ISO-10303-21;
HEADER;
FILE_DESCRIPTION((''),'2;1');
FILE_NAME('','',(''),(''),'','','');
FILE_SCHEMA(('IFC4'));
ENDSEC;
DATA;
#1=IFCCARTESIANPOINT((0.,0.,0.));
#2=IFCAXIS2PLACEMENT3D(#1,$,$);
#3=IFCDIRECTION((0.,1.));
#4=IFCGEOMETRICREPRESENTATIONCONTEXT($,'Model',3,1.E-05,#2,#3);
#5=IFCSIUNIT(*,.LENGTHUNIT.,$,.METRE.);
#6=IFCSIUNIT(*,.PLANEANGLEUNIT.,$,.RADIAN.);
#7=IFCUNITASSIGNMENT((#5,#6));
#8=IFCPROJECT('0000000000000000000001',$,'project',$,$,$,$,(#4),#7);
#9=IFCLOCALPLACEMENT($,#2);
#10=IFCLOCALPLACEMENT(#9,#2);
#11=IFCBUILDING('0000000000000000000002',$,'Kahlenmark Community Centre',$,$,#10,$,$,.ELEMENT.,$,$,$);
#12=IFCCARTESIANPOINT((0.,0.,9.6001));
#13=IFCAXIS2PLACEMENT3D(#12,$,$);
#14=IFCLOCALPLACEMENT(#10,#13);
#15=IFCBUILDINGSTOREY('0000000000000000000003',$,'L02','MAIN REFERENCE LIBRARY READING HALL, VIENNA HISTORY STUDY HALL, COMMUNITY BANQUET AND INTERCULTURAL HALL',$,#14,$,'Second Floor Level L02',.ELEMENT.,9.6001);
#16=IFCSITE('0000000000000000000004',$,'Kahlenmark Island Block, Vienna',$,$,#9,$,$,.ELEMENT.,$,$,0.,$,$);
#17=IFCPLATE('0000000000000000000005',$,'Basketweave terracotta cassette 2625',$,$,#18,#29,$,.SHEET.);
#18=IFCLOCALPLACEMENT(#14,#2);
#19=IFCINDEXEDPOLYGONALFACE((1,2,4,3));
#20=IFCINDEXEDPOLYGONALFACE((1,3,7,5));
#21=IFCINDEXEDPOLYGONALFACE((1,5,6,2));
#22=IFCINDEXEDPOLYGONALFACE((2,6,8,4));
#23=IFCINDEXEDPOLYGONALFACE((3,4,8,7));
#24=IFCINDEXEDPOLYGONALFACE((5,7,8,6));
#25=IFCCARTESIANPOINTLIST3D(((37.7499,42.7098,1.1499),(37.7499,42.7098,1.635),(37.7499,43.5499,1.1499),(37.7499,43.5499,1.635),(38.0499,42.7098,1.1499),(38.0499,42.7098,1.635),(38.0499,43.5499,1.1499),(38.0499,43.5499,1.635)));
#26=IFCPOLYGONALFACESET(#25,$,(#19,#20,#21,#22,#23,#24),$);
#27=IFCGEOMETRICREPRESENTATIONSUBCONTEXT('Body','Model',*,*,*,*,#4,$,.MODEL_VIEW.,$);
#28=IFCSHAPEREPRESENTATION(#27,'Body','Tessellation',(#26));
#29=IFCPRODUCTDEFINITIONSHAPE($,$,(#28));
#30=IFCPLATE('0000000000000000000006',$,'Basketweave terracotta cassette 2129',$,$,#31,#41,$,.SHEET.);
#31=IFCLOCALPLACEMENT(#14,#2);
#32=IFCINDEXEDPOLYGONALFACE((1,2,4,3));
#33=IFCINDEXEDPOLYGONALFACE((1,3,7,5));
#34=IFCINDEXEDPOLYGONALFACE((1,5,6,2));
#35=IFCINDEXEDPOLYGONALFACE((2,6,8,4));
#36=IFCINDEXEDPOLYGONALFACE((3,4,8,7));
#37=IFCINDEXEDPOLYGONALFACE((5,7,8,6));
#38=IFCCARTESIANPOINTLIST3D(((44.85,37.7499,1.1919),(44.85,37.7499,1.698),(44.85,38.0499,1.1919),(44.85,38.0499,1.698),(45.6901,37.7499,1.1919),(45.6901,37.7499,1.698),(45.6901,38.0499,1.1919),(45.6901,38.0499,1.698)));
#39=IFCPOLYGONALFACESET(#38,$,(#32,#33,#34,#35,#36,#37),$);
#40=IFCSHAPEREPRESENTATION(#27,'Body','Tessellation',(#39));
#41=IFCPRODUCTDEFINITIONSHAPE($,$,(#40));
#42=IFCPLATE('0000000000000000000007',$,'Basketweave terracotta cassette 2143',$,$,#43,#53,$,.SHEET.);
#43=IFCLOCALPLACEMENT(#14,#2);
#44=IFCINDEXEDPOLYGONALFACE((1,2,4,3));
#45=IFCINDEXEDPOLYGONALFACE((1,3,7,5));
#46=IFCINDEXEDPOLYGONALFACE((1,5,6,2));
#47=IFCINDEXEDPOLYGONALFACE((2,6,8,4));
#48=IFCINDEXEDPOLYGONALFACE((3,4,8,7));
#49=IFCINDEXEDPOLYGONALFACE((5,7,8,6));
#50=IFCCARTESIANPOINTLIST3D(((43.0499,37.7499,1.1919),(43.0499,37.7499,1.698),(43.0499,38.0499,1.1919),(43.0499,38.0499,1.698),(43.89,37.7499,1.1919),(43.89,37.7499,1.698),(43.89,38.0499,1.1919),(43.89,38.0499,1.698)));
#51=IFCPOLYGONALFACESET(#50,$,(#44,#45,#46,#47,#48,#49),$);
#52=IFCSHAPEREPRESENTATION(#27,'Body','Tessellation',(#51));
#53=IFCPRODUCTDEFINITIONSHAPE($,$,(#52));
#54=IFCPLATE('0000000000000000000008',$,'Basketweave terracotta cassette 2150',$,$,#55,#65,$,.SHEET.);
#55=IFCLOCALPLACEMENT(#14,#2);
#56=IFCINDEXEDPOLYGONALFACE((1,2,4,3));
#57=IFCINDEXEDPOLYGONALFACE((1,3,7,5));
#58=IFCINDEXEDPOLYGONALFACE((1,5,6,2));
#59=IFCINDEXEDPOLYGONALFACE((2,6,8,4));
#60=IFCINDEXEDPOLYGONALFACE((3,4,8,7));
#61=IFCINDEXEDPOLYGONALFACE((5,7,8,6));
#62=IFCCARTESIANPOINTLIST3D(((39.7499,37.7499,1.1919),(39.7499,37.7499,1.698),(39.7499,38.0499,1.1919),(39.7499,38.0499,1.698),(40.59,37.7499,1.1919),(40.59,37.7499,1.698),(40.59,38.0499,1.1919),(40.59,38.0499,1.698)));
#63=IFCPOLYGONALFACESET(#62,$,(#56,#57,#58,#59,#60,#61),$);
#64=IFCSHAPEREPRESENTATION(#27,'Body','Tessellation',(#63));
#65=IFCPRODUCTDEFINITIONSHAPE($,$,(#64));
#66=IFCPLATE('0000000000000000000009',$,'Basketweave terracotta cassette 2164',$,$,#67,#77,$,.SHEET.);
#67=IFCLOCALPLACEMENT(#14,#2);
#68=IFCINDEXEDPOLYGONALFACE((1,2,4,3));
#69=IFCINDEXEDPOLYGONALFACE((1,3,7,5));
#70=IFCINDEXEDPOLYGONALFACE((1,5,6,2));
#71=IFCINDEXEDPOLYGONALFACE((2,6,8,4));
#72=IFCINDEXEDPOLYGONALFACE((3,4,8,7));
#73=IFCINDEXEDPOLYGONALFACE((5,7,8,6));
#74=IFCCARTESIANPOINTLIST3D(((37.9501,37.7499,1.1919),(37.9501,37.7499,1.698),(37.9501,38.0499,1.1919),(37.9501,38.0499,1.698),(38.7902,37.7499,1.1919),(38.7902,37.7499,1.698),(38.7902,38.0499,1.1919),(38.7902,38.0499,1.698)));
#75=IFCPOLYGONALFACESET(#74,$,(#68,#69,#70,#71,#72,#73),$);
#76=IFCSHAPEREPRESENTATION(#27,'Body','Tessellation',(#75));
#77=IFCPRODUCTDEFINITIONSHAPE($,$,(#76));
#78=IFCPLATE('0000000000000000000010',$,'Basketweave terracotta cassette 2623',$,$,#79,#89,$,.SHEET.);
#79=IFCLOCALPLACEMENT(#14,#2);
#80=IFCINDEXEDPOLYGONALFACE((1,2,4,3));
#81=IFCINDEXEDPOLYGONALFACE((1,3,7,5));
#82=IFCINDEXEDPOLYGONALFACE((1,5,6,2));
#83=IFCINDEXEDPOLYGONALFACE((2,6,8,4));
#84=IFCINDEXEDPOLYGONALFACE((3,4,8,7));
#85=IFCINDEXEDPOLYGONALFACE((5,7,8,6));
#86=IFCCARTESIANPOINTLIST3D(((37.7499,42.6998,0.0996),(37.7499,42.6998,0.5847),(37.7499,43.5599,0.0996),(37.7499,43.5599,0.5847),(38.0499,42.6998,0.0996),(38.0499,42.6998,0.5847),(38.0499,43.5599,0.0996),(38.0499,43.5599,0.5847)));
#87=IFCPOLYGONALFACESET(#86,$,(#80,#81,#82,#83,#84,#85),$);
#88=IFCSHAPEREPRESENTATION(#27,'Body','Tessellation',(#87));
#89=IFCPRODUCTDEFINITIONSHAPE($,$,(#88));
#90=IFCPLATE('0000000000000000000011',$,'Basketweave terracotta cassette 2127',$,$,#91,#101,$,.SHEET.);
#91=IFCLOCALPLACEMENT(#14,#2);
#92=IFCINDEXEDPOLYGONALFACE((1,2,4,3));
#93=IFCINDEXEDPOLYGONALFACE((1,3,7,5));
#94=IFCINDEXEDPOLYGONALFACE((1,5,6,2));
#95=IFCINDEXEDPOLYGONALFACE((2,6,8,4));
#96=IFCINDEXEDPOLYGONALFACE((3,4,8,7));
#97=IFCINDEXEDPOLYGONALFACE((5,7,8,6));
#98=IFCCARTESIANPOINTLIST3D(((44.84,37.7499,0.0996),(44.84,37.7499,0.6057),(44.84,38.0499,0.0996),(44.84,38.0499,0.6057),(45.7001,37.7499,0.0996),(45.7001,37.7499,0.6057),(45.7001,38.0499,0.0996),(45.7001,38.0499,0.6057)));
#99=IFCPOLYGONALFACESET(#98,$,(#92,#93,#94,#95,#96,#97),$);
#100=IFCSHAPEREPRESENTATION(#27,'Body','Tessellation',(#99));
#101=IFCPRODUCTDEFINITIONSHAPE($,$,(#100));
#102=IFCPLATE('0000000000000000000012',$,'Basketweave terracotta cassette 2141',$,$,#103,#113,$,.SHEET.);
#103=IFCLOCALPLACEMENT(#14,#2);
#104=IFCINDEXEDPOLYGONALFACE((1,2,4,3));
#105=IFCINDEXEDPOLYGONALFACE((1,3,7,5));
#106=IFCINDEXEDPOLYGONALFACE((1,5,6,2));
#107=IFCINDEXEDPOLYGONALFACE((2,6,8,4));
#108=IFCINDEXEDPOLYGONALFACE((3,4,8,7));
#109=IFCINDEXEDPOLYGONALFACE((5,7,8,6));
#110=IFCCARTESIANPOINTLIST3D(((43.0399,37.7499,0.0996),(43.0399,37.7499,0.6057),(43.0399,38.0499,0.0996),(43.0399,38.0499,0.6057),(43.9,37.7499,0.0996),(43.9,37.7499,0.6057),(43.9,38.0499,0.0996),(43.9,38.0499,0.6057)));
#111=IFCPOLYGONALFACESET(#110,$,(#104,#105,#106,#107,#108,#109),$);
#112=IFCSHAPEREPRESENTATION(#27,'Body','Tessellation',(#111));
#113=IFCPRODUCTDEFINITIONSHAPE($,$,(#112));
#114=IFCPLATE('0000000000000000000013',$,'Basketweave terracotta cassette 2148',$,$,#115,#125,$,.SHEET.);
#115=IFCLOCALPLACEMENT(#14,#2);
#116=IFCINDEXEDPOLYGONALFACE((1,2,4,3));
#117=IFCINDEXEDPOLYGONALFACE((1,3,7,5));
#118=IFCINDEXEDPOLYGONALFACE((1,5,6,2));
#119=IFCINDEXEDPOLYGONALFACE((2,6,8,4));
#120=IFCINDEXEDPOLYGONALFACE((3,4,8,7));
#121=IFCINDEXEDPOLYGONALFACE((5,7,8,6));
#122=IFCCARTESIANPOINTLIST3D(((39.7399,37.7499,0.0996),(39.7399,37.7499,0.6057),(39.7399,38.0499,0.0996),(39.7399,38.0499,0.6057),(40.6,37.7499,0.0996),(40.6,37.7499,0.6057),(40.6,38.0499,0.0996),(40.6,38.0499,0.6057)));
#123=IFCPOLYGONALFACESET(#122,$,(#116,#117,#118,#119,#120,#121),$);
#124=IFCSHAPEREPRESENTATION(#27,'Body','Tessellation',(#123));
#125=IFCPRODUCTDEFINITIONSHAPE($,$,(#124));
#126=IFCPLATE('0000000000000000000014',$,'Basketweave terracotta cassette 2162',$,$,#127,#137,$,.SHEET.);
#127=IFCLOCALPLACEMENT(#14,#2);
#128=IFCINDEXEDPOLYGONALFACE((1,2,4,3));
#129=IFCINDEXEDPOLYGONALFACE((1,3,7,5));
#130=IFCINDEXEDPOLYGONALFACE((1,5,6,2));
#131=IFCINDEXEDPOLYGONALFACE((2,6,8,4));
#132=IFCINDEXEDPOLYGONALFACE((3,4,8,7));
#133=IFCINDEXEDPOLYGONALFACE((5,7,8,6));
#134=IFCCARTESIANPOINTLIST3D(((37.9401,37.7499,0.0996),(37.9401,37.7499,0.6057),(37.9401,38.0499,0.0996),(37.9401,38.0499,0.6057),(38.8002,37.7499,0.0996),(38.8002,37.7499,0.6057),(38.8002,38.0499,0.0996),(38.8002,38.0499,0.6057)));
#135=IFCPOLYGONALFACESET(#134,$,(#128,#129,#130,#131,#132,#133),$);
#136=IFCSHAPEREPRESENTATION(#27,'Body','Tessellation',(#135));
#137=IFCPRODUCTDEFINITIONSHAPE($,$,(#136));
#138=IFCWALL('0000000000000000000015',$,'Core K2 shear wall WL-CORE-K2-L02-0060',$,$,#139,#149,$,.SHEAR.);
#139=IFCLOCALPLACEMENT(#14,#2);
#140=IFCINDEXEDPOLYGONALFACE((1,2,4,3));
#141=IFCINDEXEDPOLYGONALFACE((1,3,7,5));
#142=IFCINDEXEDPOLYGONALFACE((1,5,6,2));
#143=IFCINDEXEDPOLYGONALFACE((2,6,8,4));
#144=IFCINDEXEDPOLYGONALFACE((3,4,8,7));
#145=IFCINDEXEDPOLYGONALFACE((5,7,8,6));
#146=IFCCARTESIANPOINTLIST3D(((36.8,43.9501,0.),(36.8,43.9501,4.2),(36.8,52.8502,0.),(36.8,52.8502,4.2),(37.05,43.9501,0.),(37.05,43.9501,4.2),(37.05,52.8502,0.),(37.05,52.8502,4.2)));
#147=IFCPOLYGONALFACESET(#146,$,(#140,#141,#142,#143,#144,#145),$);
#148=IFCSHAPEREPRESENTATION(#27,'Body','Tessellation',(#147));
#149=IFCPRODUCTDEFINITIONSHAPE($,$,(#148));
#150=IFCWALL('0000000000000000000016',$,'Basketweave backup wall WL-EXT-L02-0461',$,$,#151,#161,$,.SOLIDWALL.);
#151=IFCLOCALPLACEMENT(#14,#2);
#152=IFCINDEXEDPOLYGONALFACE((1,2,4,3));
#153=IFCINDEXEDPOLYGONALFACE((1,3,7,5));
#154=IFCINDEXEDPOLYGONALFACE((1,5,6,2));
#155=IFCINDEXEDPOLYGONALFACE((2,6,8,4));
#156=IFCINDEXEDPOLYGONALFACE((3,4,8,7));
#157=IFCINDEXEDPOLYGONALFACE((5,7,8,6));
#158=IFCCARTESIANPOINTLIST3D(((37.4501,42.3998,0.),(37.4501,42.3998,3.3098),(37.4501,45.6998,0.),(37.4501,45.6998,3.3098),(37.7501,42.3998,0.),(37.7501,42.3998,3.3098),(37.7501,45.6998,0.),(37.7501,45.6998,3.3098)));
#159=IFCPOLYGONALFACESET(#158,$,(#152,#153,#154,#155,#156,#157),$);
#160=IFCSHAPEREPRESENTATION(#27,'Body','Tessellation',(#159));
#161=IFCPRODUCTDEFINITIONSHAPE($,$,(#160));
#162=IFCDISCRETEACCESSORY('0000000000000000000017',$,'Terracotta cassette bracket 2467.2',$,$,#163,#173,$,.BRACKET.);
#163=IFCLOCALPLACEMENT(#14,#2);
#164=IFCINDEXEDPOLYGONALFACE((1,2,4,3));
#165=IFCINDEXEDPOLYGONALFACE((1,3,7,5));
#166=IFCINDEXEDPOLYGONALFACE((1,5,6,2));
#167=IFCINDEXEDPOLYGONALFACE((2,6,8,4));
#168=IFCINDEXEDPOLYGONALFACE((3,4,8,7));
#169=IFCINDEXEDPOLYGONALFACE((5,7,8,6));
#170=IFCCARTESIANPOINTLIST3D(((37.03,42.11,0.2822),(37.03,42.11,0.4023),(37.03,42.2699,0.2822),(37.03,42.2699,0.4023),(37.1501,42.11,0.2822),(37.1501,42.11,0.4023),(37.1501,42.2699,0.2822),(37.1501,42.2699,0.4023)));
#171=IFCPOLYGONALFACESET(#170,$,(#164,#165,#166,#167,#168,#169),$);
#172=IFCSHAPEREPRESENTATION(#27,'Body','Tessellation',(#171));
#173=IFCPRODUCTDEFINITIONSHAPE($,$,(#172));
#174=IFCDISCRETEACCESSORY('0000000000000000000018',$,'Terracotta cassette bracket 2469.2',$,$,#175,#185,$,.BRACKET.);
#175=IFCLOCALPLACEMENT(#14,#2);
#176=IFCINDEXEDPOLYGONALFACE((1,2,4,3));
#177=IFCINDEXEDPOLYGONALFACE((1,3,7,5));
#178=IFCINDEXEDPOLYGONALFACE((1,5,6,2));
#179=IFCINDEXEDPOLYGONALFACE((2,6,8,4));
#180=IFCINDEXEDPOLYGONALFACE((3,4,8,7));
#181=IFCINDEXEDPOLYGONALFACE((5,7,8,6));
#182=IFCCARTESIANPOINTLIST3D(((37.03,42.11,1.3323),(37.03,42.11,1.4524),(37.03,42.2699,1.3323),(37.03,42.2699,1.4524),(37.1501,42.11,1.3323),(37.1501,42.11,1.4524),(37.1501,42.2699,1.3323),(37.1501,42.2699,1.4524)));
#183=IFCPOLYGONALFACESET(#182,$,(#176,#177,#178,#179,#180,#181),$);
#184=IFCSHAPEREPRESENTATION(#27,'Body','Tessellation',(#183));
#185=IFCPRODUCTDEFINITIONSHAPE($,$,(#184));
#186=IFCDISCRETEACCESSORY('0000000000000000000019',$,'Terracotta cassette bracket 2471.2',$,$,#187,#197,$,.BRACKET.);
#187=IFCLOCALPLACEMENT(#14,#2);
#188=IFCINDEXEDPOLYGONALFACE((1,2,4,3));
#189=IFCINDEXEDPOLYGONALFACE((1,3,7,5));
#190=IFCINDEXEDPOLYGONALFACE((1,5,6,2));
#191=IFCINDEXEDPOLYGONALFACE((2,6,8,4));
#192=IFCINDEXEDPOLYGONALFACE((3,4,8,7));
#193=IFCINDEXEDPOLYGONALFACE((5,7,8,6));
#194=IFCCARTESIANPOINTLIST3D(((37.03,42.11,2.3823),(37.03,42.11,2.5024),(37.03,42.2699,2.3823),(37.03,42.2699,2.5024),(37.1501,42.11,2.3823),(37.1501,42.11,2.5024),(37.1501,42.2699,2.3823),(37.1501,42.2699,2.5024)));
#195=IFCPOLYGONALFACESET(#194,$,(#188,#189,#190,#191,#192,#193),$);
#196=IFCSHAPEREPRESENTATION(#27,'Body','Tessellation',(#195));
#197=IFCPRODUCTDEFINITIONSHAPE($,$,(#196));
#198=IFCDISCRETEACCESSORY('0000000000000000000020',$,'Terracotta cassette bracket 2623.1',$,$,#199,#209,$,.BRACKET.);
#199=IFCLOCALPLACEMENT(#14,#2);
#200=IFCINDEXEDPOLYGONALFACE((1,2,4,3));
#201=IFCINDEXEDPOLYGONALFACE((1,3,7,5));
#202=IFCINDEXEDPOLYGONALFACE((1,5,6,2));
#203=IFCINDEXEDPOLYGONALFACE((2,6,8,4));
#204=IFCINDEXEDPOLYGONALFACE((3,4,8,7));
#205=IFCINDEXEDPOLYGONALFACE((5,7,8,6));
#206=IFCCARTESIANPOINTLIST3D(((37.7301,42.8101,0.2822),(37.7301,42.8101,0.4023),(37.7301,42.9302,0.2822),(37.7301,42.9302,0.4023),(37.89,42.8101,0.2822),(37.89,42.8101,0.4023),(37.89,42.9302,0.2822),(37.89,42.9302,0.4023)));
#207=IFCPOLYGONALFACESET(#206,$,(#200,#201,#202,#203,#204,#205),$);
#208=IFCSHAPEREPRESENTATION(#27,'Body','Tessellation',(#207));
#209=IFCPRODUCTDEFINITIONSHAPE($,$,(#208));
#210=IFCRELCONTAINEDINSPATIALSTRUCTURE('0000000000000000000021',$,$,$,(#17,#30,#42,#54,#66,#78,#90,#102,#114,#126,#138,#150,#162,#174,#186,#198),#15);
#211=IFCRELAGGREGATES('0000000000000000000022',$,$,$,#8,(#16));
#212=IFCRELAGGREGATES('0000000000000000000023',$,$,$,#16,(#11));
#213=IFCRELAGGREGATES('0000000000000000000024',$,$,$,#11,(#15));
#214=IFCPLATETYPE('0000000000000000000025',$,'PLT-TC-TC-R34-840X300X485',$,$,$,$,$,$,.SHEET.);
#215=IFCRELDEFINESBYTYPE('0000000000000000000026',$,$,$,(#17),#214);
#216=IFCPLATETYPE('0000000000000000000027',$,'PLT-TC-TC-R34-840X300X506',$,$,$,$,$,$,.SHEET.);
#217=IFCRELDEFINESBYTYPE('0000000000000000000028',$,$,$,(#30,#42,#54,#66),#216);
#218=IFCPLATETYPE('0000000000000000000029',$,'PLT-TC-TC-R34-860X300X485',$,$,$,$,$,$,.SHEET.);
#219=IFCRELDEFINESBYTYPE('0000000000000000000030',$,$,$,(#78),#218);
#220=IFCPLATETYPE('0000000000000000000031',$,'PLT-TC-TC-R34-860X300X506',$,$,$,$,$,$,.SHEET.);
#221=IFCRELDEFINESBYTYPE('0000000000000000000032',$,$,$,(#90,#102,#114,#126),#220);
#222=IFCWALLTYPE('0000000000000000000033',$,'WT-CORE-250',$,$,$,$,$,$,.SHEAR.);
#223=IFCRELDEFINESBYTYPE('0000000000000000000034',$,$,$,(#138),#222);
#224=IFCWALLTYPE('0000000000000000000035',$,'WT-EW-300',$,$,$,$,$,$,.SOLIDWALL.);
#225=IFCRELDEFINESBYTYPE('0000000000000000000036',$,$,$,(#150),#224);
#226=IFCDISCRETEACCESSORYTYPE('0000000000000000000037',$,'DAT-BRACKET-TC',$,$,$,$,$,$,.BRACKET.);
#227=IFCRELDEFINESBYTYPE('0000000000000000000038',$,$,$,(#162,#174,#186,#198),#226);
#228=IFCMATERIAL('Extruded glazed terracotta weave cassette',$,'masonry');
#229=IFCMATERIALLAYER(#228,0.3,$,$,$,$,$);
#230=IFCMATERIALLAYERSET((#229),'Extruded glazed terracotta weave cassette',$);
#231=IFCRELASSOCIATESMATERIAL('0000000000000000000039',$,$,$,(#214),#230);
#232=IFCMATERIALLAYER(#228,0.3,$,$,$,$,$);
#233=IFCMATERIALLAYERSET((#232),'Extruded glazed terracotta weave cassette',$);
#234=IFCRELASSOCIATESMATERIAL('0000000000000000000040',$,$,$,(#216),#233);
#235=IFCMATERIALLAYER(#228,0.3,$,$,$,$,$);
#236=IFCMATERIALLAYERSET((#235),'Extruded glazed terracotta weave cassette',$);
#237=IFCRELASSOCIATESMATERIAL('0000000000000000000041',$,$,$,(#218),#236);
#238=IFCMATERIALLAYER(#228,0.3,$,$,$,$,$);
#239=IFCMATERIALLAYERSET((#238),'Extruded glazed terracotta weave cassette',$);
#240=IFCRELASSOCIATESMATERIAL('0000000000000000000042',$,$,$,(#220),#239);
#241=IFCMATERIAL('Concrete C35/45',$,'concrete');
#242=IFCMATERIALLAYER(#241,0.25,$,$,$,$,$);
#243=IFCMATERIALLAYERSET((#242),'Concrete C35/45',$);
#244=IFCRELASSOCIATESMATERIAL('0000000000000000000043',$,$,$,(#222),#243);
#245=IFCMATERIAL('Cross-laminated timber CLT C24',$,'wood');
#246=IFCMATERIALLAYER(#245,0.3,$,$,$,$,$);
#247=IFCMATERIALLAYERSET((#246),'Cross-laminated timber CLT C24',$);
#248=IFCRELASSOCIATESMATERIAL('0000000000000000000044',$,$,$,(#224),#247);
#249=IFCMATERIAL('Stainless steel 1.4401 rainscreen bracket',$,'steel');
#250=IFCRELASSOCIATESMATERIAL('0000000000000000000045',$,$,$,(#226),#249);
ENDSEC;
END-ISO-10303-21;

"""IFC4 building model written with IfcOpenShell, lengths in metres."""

from ifc_helpers import new_model, si_unit, direction, frame, frame_2d, origin, origin_2d, place, context, subcontext, project, spatial, rectangle, extrude, material, layer, layer_set, type_object, element, save


model = new_model("IFC4")

# Units and contexts
model_context = context("Model", 3, precision=1e-05, world=origin(), true_north=direction((0.0, 1.0)))
body_context = subcontext(model_context, "Body", "Model", "MODEL_VIEW")
ifc_project = project(units=[si_unit("LENGTHUNIT", "METRE"), si_unit("PLANEANGLEUNIT", "RADIAN")], contexts=[model_context])

# Site, building, storey
site_placement = place(None, origin())
site = spatial("IfcSite", under=ifc_project, at=site_placement, Name="Kahlenmark Island Block, Vienna", CompositionType="ELEMENT", RefElevation=0.0)
building_placement = place(site_placement, origin())
building = spatial("IfcBuilding", under=site, at=building_placement, Name="Kahlenmark Community Centre", CompositionType="ELEMENT")
storey_placement = place(building_placement, frame((0.0, 0.0, 9.6001)))
storey = spatial("IfcBuildingStorey", under=building, at=storey_placement, Name="L02", Description="MAIN REFERENCE LIBRARY READING HALL, VIENNA HISTORY STUDY HALL, COMMUNITY BANQUET AND INTERCULTURAL HALL", LongName="Second Floor Level L02", CompositionType="ELEMENT", Elevation=9.6001)

# Plates
ifc_material_1 = material(Name="Extruded glazed terracotta weave cassette", Category="masonry")
ifc_layer_1 = layer(ifc_material_1, 0.3)
ifc_layer_set_1 = layer_set([ifc_layer_1], Name="Extruded glazed terracotta weave cassette")
plate_type_1 = type_object("IfcPlateType", Name="PLT-TC-TC-R34-840X300X485", PredefinedType="SHEET", material=ifc_layer_set_1)
plate_1_placement = place(storey_placement, frame((37.8999, 43.1299, 1.1499), z_axis=(0.0, 0.0, 1.0), x_axis=(0.0, 1.0, 0.0)))
element("IfcPlate", 1, at=plate_1_placement, inside=storey, type_object=plate_type_1, Name="Basketweave terracotta cassette 2625", PredefinedType="SHEET", context=body_context, shape_type="SweptSolid", body=[
    extrude(rectangle(XDim=0.8401, YDim=0.3, at=origin_2d()), origin(), (0.0, 0.0, 1.0), 0.4851),
])
ifc_layer_2 = layer(ifc_material_1, 0.3)
ifc_layer_set_2 = layer_set([ifc_layer_2], Name="Extruded glazed terracotta weave cassette")
plate_type_2 = type_object("IfcPlateType", Name="PLT-TC-TC-R34-840X300X506", PredefinedType="SHEET", material=ifc_layer_set_2)
for number, where, z_axis, x_axis, name in (
    (2, (45.27, 37.8999, 1.1919), (0.0, 0.0, 1.0), (-1.0, 0.0, 0.0), "Basketweave terracotta cassette 2129"),
    (3, (43.47, 37.8999, 1.1919), (0.0, 0.0, 1.0), (-1.0, 0.0, 0.0), "Basketweave terracotta cassette 2143"),
    (4, (40.1699, 37.8999, 1.1919), (0.0, 0.0, 1.0), (-1.0, 0.0, 0.0), "Basketweave terracotta cassette 2150"),
    (5, (38.3701, 37.8999, 1.1919), (0.0, 0.0, 1.0), (-1.0, 0.0, 0.0), "Basketweave terracotta cassette 2164"),
):
    element("IfcPlate", number, at=place(storey_placement, frame(where, z_axis=z_axis, x_axis=x_axis)), inside=storey, type_object=plate_type_2, Name=name, PredefinedType="SHEET", context=body_context, shape_type="SweptSolid", body=[
        extrude(rectangle(XDim=0.8401, YDim=0.3, at=origin_2d()), origin(), (0.0, 0.0, 1.0), 0.5061),
    ])
ifc_layer_3 = layer(ifc_material_1, 0.3)
ifc_layer_set_3 = layer_set([ifc_layer_3], Name="Extruded glazed terracotta weave cassette")
plate_type_3 = type_object("IfcPlateType", Name="PLT-TC-TC-R34-860X300X485", PredefinedType="SHEET", material=ifc_layer_set_3)
plate_2_placement = place(storey_placement, frame((37.8999, 43.1299, 0.0996), z_axis=(0.0, 0.0, 1.0), x_axis=(0.0, 1.0, 0.0)))
element("IfcPlate", 6, at=plate_2_placement, inside=storey, type_object=plate_type_3, Name="Basketweave terracotta cassette 2623", PredefinedType="SHEET", context=body_context, shape_type="SweptSolid", body=[
    extrude(rectangle(XDim=0.8601, YDim=0.3, at=origin_2d()), origin(), (0.0, 0.0, 1.0), 0.4851),
])
ifc_layer_4 = layer(ifc_material_1, 0.3)
ifc_layer_set_4 = layer_set([ifc_layer_4], Name="Extruded glazed terracotta weave cassette")
plate_type_4 = type_object("IfcPlateType", Name="PLT-TC-TC-R34-860X300X506", PredefinedType="SHEET", material=ifc_layer_set_4)
for number, where, z_axis, x_axis, name in (
    (7, (45.27, 37.8999, 0.0996), (0.0, 0.0, 1.0), (-1.0, 0.0, 0.0), "Basketweave terracotta cassette 2127"),
    (8, (43.47, 37.8999, 0.0996), (0.0, 0.0, 1.0), (-1.0, 0.0, 0.0), "Basketweave terracotta cassette 2141"),
    (9, (40.1699, 37.8999, 0.0996), (0.0, 0.0, 1.0), (-1.0, 0.0, 0.0), "Basketweave terracotta cassette 2148"),
    (10, (38.3701, 37.8999, 0.0996), (0.0, 0.0, 1.0), (-1.0, 0.0, 0.0), "Basketweave terracotta cassette 2162"),
):
    element("IfcPlate", number, at=place(storey_placement, frame(where, z_axis=z_axis, x_axis=x_axis)), inside=storey, type_object=plate_type_4, Name=name, PredefinedType="SHEET", context=body_context, shape_type="SweptSolid", body=[
        extrude(rectangle(XDim=0.8601, YDim=0.3, at=origin_2d()), origin(), (0.0, 0.0, 1.0), 0.5061),
    ])

# Walls
ifc_material_2 = material(Name="Concrete C35/45", Category="concrete")
ifc_layer_5 = layer(ifc_material_2, 0.25)
ifc_layer_set_5 = layer_set([ifc_layer_5], Name="Concrete C35/45")
wall_type_1 = type_object("IfcWallType", Name="WT-CORE-250", PredefinedType="SHEAR", material=ifc_layer_set_5)
wall_1_placement = place(storey_placement, frame((36.925, 43.95, 0.0), z_axis=(0.0, 0.0, 1.0), x_axis=(0.0, 1.0, 0.0)))
element("IfcWall", 11, at=wall_1_placement, inside=storey, type_object=wall_type_1, Name="Core K2 shear wall WL-CORE-K2-L02-0060", PredefinedType="SHEAR", context=body_context, shape_type="SweptSolid", body=[
    extrude(rectangle(XDim=8.9001, YDim=0.25, at=frame_2d((4.4502, 0.0))), origin(), (0.0, 0.0, 1.0), 4.2),
])
ifc_material_3 = material(Name="Cross-laminated timber CLT C24", Category="wood")
ifc_layer_6 = layer(ifc_material_3, 0.3)
ifc_layer_set_6 = layer_set([ifc_layer_6], Name="Cross-laminated timber CLT C24")
wall_type_2 = type_object("IfcWallType", Name="WT-EW-300", PredefinedType="SOLIDWALL", material=ifc_layer_set_6)
wall_2_placement = place(storey_placement, frame((37.6001, 42.3999, 0.0), z_axis=(0.0, 0.0, 1.0), x_axis=(0.0, 1.0, 0.0)))
element("IfcWall", 12, at=wall_2_placement, inside=storey, type_object=wall_type_2, Name="Basketweave backup wall WL-EXT-L02-0461", PredefinedType="SOLIDWALL", context=body_context, shape_type="SweptSolid", body=[
    extrude(rectangle(XDim=3.3, YDim=0.3, at=frame_2d((1.6499, 0.0))), origin(), (0.0, 0.0, 1.0), 3.3098),
])

# Discrete accessories
ifc_material_4 = material(Name="Stainless steel 1.4401 rainscreen bracket", Category="steel")
discrete_accessory_type = type_object("IfcDiscreteAccessoryType", Name="DAT-BRACKET-TC", PredefinedType="BRACKET", material=ifc_material_4)
for number, where, z_axis, x_axis, name in (
    (13, (37.0901, 42.1899, 0.2822), (0.0, 0.0, 1.0), (1.0, 0.0, 0.0), "Terracotta cassette bracket 2467.2"),
    (14, (37.0901, 42.1899, 1.3323), (0.0, 0.0, 1.0), (1.0, 0.0, 0.0), "Terracotta cassette bracket 2469.2"),
    (15, (37.0901, 42.1899, 2.3823), (0.0, 0.0, 1.0), (1.0, 0.0, 0.0), "Terracotta cassette bracket 2471.2"),
    (16, (37.8101, 42.8701, 0.2822), (0.0, 0.0, 1.0), (0.0, 1.0, 0.0), "Terracotta cassette bracket 2623.1"),
):
    element("IfcDiscreteAccessory", number, at=place(storey_placement, frame(where, z_axis=z_axis, x_axis=x_axis)), inside=storey, type_object=discrete_accessory_type, Name=name, PredefinedType="BRACKET", context=body_context, shape_type="SweptSolid", body=[
        extrude(rectangle(XDim=0.1201, YDim=0.1599, at=origin_2d()), origin(), (0.0, 0.0, 1.0), 0.1201),
    ])

save(model, "model.ifc")
